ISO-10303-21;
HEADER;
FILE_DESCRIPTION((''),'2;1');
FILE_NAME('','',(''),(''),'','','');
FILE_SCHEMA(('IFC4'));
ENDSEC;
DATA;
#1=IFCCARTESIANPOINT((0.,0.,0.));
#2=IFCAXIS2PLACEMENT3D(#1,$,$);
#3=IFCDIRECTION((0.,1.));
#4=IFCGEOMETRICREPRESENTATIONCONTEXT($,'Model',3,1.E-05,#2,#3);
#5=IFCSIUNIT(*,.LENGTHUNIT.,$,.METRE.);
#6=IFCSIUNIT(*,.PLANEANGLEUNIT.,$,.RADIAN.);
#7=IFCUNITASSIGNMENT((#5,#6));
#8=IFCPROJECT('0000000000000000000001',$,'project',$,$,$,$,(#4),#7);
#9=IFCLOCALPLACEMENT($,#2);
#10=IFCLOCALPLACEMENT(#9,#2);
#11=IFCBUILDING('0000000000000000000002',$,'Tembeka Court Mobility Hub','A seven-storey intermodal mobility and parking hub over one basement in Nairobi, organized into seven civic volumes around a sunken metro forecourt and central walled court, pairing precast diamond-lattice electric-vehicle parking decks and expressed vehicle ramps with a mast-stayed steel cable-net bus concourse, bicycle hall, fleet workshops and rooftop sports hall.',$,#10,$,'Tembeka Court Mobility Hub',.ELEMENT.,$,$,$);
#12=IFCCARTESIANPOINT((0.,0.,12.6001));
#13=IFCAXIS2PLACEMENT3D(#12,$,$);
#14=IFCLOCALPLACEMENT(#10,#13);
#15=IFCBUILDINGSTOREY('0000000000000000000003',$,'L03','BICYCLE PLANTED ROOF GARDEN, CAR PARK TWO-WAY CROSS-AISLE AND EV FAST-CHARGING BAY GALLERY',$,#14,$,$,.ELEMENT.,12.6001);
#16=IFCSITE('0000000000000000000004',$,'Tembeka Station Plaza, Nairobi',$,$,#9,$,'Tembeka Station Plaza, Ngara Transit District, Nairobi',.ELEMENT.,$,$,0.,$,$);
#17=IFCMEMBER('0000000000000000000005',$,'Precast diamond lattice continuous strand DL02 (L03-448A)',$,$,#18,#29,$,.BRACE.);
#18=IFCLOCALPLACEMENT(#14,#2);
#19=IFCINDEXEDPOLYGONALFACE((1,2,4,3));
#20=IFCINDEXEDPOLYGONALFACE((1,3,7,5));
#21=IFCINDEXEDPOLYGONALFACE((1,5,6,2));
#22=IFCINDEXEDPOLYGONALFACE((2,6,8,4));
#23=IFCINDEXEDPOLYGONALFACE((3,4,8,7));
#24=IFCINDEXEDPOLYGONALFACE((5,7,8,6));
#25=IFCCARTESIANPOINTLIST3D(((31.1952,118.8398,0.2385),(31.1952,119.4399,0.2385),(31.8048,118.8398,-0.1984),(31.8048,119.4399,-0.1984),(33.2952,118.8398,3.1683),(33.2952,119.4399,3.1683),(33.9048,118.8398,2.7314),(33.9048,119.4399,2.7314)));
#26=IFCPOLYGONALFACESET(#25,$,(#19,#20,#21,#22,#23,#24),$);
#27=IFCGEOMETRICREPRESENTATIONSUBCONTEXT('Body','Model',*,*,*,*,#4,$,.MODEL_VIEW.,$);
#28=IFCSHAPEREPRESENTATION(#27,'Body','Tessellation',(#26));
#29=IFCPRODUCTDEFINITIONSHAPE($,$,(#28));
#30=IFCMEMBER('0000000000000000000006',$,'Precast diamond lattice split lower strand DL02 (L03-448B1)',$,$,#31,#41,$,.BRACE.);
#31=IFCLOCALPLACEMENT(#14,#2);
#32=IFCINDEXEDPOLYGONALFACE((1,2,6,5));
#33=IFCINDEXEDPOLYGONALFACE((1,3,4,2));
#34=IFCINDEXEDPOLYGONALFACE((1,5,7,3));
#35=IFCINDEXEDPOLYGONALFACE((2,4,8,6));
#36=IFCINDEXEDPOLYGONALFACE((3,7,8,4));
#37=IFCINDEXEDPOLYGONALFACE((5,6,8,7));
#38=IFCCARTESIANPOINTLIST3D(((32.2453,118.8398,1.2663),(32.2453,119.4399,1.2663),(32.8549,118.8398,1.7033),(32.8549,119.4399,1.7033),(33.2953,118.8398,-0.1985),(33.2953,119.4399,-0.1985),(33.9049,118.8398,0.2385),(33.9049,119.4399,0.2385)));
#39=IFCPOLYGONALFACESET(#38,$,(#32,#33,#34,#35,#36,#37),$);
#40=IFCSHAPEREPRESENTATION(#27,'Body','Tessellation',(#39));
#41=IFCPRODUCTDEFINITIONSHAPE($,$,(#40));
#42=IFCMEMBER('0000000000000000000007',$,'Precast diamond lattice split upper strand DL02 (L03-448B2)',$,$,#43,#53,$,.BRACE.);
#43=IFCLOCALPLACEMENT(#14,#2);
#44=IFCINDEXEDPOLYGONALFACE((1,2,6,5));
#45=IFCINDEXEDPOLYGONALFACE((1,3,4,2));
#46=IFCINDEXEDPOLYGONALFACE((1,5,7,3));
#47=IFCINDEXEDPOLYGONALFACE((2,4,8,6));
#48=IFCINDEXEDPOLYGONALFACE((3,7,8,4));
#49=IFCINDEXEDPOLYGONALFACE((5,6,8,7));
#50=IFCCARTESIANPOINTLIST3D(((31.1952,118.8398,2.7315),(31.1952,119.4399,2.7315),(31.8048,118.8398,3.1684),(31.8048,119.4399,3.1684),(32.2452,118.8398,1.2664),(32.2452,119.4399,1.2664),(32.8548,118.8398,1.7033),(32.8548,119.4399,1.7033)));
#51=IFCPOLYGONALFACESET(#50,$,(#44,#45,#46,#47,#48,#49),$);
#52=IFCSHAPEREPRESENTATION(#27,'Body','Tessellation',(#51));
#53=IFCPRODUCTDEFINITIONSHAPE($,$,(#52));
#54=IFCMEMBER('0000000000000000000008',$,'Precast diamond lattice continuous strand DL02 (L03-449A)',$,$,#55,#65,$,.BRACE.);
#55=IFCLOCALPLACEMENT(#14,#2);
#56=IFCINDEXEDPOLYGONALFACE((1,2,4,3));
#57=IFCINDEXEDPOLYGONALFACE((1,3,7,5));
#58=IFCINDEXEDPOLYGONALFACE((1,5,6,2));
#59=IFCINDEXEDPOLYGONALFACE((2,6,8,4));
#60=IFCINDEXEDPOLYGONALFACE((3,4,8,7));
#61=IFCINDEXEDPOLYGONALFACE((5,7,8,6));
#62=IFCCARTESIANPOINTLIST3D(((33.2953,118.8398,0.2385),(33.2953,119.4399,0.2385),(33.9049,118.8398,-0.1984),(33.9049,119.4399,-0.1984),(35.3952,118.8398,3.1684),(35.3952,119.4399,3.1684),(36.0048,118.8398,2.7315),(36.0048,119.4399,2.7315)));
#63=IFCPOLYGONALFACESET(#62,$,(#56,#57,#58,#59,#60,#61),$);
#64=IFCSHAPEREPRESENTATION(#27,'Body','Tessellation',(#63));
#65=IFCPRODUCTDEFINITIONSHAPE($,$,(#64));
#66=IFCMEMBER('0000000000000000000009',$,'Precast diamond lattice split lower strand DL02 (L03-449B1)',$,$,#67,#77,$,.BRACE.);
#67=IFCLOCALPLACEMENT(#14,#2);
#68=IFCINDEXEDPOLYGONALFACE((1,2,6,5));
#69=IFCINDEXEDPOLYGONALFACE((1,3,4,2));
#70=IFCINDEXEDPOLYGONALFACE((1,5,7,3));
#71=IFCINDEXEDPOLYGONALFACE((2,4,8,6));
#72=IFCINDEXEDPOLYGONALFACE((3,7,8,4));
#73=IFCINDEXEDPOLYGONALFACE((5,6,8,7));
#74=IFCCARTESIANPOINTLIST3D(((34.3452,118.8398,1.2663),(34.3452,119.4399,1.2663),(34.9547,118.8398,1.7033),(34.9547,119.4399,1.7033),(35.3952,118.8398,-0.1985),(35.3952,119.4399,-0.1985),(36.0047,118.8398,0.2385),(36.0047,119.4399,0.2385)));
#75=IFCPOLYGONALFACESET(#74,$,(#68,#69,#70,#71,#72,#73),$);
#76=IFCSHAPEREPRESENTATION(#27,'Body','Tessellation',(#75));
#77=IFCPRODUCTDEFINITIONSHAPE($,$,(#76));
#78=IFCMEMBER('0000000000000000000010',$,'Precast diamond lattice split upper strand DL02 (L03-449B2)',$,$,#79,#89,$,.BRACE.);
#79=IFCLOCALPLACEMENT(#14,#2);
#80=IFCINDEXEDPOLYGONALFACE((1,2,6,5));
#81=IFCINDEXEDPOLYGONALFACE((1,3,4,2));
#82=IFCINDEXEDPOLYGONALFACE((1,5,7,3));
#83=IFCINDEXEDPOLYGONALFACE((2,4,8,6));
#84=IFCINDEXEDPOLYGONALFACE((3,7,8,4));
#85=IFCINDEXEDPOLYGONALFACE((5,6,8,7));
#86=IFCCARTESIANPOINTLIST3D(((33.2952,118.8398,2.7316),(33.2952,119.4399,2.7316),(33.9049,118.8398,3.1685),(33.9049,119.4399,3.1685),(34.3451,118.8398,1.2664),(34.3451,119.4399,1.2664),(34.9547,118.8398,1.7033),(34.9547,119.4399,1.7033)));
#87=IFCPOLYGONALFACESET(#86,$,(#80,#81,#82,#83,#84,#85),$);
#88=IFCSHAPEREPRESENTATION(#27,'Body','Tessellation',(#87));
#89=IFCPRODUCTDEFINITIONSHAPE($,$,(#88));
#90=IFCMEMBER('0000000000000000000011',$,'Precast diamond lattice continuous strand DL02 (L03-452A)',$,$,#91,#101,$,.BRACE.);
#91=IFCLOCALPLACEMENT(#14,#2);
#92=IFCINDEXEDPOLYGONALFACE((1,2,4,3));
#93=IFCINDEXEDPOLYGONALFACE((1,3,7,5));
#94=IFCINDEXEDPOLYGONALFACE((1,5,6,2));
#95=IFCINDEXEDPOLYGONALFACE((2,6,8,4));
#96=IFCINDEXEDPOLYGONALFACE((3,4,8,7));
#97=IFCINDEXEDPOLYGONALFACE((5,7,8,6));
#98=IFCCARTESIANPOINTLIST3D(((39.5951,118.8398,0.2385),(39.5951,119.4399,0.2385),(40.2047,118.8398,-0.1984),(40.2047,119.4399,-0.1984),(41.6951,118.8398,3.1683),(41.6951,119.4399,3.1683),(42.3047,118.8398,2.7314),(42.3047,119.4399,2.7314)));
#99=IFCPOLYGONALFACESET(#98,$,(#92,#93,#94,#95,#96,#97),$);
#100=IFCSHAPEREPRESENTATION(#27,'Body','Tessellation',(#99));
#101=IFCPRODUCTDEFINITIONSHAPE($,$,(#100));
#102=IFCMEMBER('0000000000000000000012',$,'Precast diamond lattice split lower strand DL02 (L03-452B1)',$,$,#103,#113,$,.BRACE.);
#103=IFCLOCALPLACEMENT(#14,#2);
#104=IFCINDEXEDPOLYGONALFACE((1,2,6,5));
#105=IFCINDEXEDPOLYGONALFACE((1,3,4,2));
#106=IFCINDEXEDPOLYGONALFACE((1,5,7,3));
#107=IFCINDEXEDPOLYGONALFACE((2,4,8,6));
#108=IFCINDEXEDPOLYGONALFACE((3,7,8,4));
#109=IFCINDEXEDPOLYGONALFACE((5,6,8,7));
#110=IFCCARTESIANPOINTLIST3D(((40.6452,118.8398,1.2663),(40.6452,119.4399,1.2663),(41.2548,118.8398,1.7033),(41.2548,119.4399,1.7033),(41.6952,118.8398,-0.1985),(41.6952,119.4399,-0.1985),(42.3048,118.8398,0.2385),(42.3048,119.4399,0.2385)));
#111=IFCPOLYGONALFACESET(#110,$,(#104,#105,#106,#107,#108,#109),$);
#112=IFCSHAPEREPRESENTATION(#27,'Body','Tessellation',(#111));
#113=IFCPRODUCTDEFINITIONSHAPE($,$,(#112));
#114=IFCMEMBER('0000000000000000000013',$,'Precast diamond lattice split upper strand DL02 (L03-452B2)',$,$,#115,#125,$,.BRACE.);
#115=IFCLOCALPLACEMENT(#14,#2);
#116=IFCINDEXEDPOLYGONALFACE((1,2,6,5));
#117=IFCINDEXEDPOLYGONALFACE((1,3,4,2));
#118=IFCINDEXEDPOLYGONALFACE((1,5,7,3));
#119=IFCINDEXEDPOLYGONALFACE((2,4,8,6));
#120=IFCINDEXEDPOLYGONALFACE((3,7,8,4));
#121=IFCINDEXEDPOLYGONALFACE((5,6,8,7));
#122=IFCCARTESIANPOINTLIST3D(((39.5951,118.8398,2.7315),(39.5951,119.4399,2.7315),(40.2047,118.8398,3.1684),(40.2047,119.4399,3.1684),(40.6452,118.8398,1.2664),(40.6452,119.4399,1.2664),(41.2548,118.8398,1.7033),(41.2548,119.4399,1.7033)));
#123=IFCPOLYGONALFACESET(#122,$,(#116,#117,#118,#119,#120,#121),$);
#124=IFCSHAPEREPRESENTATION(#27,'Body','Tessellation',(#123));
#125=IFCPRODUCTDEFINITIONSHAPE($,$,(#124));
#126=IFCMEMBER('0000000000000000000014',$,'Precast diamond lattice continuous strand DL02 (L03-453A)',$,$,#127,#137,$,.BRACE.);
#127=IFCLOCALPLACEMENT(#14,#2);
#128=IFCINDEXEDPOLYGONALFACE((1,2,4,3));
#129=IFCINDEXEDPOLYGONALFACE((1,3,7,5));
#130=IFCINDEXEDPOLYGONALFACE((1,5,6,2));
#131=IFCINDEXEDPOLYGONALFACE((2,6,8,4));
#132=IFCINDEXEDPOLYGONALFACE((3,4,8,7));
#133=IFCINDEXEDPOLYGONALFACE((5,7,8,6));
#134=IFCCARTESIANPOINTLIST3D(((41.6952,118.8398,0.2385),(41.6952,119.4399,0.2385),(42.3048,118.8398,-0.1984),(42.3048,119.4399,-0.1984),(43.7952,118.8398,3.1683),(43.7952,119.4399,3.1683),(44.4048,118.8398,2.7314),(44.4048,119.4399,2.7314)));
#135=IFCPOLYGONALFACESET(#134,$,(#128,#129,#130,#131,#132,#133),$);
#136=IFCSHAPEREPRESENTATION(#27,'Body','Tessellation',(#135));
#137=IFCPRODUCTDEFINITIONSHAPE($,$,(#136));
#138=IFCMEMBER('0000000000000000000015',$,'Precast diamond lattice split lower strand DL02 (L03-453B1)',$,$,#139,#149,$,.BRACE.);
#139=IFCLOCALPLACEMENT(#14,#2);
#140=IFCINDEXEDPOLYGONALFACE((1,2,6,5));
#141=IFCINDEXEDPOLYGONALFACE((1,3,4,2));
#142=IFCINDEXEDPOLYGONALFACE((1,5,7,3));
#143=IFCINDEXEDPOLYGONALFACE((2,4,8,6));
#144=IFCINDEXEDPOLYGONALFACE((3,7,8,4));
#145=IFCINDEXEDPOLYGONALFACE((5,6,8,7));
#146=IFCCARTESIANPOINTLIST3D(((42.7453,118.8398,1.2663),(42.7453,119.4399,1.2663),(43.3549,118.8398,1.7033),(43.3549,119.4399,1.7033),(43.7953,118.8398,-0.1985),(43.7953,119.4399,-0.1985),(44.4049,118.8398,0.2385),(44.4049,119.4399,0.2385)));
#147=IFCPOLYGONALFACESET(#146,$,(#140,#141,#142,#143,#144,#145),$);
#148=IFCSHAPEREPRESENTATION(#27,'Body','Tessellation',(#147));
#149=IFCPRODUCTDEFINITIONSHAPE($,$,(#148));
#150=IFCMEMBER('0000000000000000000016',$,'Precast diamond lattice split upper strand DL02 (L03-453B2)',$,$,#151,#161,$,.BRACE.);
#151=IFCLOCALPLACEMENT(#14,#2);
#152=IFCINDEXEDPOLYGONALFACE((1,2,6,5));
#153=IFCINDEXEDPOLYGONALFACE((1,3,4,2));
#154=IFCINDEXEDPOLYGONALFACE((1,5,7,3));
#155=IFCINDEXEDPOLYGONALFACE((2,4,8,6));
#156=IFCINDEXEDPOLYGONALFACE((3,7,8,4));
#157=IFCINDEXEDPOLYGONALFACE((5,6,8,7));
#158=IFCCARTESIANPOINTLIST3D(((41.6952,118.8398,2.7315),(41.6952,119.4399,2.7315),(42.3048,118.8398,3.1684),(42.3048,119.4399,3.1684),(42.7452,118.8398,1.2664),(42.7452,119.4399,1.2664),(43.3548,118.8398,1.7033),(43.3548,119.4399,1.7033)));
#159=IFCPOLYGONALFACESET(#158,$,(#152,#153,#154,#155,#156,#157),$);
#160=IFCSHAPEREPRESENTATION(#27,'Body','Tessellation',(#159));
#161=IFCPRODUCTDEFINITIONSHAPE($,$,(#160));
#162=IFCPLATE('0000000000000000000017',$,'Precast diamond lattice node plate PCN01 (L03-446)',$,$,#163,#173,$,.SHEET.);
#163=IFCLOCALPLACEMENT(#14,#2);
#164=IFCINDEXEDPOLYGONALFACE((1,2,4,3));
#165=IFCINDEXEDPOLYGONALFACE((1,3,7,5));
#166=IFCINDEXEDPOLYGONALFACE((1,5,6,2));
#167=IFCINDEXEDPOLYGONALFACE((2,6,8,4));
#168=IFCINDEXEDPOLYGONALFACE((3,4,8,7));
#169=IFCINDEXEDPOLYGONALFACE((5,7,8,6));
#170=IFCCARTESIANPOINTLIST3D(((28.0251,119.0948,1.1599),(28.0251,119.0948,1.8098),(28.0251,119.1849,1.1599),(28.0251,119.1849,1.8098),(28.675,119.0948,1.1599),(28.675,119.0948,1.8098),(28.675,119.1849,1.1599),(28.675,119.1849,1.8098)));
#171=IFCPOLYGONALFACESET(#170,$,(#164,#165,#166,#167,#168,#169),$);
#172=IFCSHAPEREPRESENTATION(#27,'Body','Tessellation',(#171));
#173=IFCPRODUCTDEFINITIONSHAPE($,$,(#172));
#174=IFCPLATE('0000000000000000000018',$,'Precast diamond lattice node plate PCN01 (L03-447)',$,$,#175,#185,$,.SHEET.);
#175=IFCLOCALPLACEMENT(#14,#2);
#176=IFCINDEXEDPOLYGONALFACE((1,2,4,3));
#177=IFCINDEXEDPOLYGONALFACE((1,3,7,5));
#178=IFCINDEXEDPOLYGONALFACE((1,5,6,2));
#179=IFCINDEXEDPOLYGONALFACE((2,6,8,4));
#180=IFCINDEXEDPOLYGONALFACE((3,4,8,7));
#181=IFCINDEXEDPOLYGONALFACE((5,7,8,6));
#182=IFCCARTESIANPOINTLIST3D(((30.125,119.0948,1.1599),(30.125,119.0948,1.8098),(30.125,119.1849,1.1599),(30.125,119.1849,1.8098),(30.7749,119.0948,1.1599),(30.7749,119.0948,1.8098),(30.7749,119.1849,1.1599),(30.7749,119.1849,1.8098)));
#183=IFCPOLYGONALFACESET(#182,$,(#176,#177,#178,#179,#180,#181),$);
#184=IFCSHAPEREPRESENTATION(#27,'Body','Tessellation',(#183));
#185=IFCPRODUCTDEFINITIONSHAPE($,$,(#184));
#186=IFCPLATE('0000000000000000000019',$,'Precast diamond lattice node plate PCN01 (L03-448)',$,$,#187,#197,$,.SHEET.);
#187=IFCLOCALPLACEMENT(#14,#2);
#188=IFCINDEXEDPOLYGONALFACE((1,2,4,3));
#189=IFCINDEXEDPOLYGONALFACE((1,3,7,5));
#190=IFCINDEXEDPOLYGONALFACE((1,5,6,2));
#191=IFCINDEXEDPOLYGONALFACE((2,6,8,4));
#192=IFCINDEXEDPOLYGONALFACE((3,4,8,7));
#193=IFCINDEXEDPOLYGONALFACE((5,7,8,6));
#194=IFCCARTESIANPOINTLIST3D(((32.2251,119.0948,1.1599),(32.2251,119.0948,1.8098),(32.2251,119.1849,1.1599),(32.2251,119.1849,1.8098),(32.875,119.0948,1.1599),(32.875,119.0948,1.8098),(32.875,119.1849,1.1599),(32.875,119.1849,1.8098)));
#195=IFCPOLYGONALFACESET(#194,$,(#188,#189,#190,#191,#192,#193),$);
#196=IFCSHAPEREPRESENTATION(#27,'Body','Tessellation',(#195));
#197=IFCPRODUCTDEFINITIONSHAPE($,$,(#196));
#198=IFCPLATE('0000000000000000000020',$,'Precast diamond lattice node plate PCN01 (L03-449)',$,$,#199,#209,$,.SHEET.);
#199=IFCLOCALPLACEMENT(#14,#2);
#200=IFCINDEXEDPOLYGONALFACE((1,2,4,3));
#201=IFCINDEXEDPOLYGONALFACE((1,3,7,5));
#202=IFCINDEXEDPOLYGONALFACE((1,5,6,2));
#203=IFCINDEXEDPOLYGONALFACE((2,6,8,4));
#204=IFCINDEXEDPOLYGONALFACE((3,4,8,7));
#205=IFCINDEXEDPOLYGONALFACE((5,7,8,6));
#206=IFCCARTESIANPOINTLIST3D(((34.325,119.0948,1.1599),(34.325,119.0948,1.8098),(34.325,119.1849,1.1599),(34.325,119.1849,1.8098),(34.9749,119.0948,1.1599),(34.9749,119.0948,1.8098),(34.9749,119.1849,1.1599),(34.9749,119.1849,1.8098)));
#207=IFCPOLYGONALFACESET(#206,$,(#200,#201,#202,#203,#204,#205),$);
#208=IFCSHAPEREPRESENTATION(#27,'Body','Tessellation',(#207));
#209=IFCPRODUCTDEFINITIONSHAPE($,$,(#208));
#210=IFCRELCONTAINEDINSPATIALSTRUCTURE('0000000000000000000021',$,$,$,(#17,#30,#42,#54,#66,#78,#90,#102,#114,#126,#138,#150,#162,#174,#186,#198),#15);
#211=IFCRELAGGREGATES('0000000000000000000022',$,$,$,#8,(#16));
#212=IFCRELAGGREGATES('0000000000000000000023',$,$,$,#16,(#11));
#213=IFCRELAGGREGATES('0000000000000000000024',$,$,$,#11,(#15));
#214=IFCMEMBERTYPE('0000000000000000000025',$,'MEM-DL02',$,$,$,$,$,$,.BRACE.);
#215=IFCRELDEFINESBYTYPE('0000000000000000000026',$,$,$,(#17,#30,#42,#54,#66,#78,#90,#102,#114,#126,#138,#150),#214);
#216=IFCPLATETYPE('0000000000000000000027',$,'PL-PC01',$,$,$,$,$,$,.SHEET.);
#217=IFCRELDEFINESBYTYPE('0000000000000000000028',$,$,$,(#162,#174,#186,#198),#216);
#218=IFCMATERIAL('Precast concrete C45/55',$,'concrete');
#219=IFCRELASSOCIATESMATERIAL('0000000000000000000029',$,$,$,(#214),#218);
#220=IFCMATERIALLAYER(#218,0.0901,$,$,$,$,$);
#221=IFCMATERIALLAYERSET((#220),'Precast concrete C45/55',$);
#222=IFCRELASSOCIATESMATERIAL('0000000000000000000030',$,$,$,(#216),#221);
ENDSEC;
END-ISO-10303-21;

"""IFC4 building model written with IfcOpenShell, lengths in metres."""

from ifc_helpers import new_model, si_unit, direction, frame, origin, origin_2d, place, context, subcontext, project, spatial, rectangle, extrude, material, layer, layer_set, material_profile, profile_set, type_object, element, save


model = new_model("IFC4")

# Units and contexts
model_context = context("Model", 3, precision=1e-05, world=origin(), true_north=direction((0.0, 1.0)))
body_context = subcontext(model_context, "Body", "Model", "MODEL_VIEW")
ifc_project = project(units=[si_unit("LENGTHUNIT", "METRE"), si_unit("PLANEANGLEUNIT", "RADIAN")], contexts=[model_context])

# Site, building, storey
site_placement = place(None, origin())
site = spatial("IfcSite", under=ifc_project, at=site_placement, Name="Tembeka Station Plaza, Nairobi", LongName="Tembeka Station Plaza, Ngara Transit District, Nairobi", CompositionType="ELEMENT", RefElevation=0.0)
building_placement = place(site_placement, origin())
building = spatial("IfcBuilding", under=site, at=building_placement, Name="Tembeka Court Mobility Hub", Description="A seven-storey intermodal mobility and parking hub over one basement in Nairobi, organized into seven civic volumes around a sunken metro forecourt and central walled court, pairing precast diamond-lattice electric-vehicle parking decks and expressed vehicle ramps with a mast-stayed steel cable-net bus concourse, bicycle hall, fleet workshops and rooftop sports hall.", LongName="Tembeka Court Mobility Hub", CompositionType="ELEMENT")
storey_placement = place(building_placement, frame((0.0, 0.0, 12.6001)))
storey = spatial("IfcBuildingStorey", under=building, at=storey_placement, Name="L03", Description="BICYCLE PLANTED ROOF GARDEN, CAR PARK TWO-WAY CROSS-AISLE AND EV FAST-CHARGING BAY GALLERY", CompositionType="ELEMENT", Elevation=12.6001)

# Members
ifc_material = material(Name="Precast concrete C45/55", Category="concrete")
ifc_material_profile_1 = material_profile(ifc_material, rectangle(XDim=0.6001, YDim=0.75, at=origin_2d()), Name="PC-DIAG 600x750")
ifc_profile_set_1 = profile_set([ifc_material_profile_1], Name="Precast concrete C45/55")
member_type_1 = type_object("IfcMemberType", Name="MEM-DL02", PredefinedType="BRACE", material=ifc_profile_set_1)
member_1_placement = place(storey_placement, frame((31.5, 119.1399, 0.02), z_axis=(0.582576, 0.0, 0.812776), x_axis=(0.0, 1.0, 0.0)))
element("IfcMember", 1, at=member_1_placement, inside=storey, type_object=member_type_1, Name="Precast diamond lattice continuous strand DL02 (L03-448A)", PredefinedType="BRACE", context=body_context, shape_type="SweptSolid", body=[
    extrude(rectangle(XDim=0.6001, YDim=0.75, at=origin_2d()), origin(), (0.0, 0.0, 1.0), 3.6047),
])
member_2_placement = place(storey_placement, frame((33.6001, 119.1399, 0.02), z_axis=(-0.582608, 0.0, 0.812753), x_axis=(0.0, -1.0, 0.0)))
element("IfcMember", 2, at=member_2_placement, inside=storey, type_object=member_type_1, Name="Precast diamond lattice split lower strand DL02 (L03-448B1)", PredefinedType="BRACE", context=body_context, shape_type="SweptSolid", body=[
    extrude(rectangle(XDim=0.6001, YDim=0.75, at=origin_2d()), origin(), (0.0, 0.0, 1.0), 1.8022),
])
member_3_placement = place(storey_placement, frame((32.55, 119.1399, 1.4849), z_axis=(-0.582544, 0.0, 0.812799), x_axis=(0.0, -1.0, 0.0)))
element("IfcMember", 3, at=member_3_placement, inside=storey, type_object=member_type_1, Name="Precast diamond lattice split upper strand DL02 (L03-448B2)", PredefinedType="BRACE", context=body_context, shape_type="SweptSolid", body=[
    extrude(rectangle(XDim=0.6001, YDim=0.75, at=origin_2d()), origin(), (0.0, 0.0, 1.0), 1.8025),
])
member_4_placement = place(storey_placement, frame((33.6001, 119.1399, 0.02), z_axis=(0.582532, 0.0, 0.812808), x_axis=(0.0, 1.0, 0.0)))
element("IfcMember", 4, at=member_4_placement, inside=storey, type_object=member_type_1, Name="Precast diamond lattice continuous strand DL02 (L03-449A)", PredefinedType="BRACE", context=body_context, shape_type="SweptSolid", body=[
    extrude(rectangle(XDim=0.6001, YDim=0.75, at=origin_2d()), origin(), (0.0, 0.0, 1.0), 3.6047),
])
member_5_placement = place(storey_placement, frame((35.7, 119.1399, 0.02), z_axis=(-0.582608, 0.0, 0.812753), x_axis=(0.0, -1.0, 0.0)))
element("IfcMember", 5, at=member_5_placement, inside=storey, type_object=member_type_1, Name="Precast diamond lattice split lower strand DL02 (L03-449B1)", PredefinedType="BRACE", context=body_context, shape_type="SweptSolid", body=[
    extrude(rectangle(XDim=0.6001, YDim=0.75, at=origin_2d()), origin(), (0.0, 0.0, 1.0), 1.8022),
])
member_6_placement = place(storey_placement, frame((34.6499, 119.1399, 1.4849), z_axis=(-0.582455, 0.0, 0.812863), x_axis=(0.0, -1.0, 0.0)))
element("IfcMember", 6, at=member_6_placement, inside=storey, type_object=member_type_1, Name="Precast diamond lattice split upper strand DL02 (L03-449B2)", PredefinedType="BRACE", context=body_context, shape_type="SweptSolid", body=[
    extrude(rectangle(XDim=0.6001, YDim=0.75, at=origin_2d()), origin(), (0.0, 0.0, 1.0), 1.8025),
])
member_7_placement = place(storey_placement, frame((39.8999, 119.1399, 0.02), z_axis=(0.582576, 0.0, 0.812776), x_axis=(0.0, 1.0, 0.0)))
element("IfcMember", 7, at=member_7_placement, inside=storey, type_object=member_type_1, Name="Precast diamond lattice continuous strand DL02 (L03-452A)", PredefinedType="BRACE", context=body_context, shape_type="SweptSolid", body=[
    extrude(rectangle(XDim=0.6001, YDim=0.75, at=origin_2d()), origin(), (0.0, 0.0, 1.0), 3.6047),
])
member_8_placement = place(storey_placement, frame((42.0, 119.1399, 0.02), z_axis=(-0.582608, 0.0, 0.812753), x_axis=(0.0, -1.0, 0.0)))
element("IfcMember", 8, at=member_8_placement, inside=storey, type_object=member_type_1, Name="Precast diamond lattice split lower strand DL02 (L03-452B1)", PredefinedType="BRACE", context=body_context, shape_type="SweptSolid", body=[
    extrude(rectangle(XDim=0.6001, YDim=0.75, at=origin_2d()), origin(), (0.0, 0.0, 1.0), 1.8022),
])
member_9_placement = place(storey_placement, frame((40.95, 119.1399, 1.4849), z_axis=(-0.582544, 0.0, 0.812799), x_axis=(0.0, -1.0, 0.0)))
element("IfcMember", 9, at=member_9_placement, inside=storey, type_object=member_type_1, Name="Precast diamond lattice split upper strand DL02 (L03-452B2)", PredefinedType="BRACE", context=body_context, shape_type="SweptSolid", body=[
    extrude(rectangle(XDim=0.6001, YDim=0.75, at=origin_2d()), origin(), (0.0, 0.0, 1.0), 1.8025),
])
member_10_placement = place(storey_placement, frame((42.0, 119.1399, 0.02), z_axis=(0.582576, 0.0, 0.812776), x_axis=(0.0, 1.0, 0.0)))
element("IfcMember", 10, at=member_10_placement, inside=storey, type_object=member_type_1, Name="Precast diamond lattice continuous strand DL02 (L03-453A)", PredefinedType="BRACE", context=body_context, shape_type="SweptSolid", body=[
    extrude(rectangle(XDim=0.6001, YDim=0.75, at=origin_2d()), origin(), (0.0, 0.0, 1.0), 3.6047),
])
member_11_placement = place(storey_placement, frame((44.1001, 119.1399, 0.02), z_axis=(-0.582608, 0.0, 0.812753), x_axis=(0.0, -1.0, 0.0)))
element("IfcMember", 11, at=member_11_placement, inside=storey, type_object=member_type_1, Name="Precast diamond lattice split lower strand DL02 (L03-453B1)", PredefinedType="BRACE", context=body_context, shape_type="SweptSolid", body=[
    extrude(rectangle(XDim=0.6001, YDim=0.75, at=origin_2d()), origin(), (0.0, 0.0, 1.0), 1.8022),
])
member_12_placement = place(storey_placement, frame((43.05, 119.1399, 1.4849), z_axis=(-0.582544, 0.0, 0.812799), x_axis=(0.0, -1.0, 0.0)))
element("IfcMember", 12, at=member_12_placement, inside=storey, type_object=member_type_1, Name="Precast diamond lattice split upper strand DL02 (L03-453B2)", PredefinedType="BRACE", context=body_context, shape_type="SweptSolid", body=[
    extrude(rectangle(XDim=0.6001, YDim=0.75, at=origin_2d()), origin(), (0.0, 0.0, 1.0), 1.8025),
])

# Plates
ifc_layer = layer(ifc_material, 0.0901)
ifc_layer_set = layer_set([ifc_layer], Name="Precast concrete C45/55")
plate_type = type_object("IfcPlateType", Name="PL-PC01", PredefinedType="SHEET", material=ifc_layer_set)
for number, where, z_axis, x_axis, name in (
    (13, (28.3501, 119.1399, 1.1599), (0.0, 0.0, 1.0), (1.0, 0.0, 0.0), "Precast diamond lattice node plate PCN01 (L03-446)"),
    (14, (30.45, 119.1399, 1.1599), (0.0, 0.0, 1.0), (1.0, 0.0, 0.0), "Precast diamond lattice node plate PCN01 (L03-447)"),
    (15, (32.55, 119.1399, 1.1599), (0.0, 0.0, 1.0), (1.0, 0.0, 0.0), "Precast diamond lattice node plate PCN01 (L03-448)"),
    (16, (34.6499, 119.1399, 1.1599), (0.0, 0.0, 1.0), (1.0, 0.0, 0.0), "Precast diamond lattice node plate PCN01 (L03-449)"),
):
    element("IfcPlate", number, at=place(storey_placement, frame(where, z_axis=z_axis, x_axis=x_axis)), inside=storey, type_object=plate_type, Name=name, PredefinedType="SHEET", context=body_context, shape_type="SweptSolid", body=[
        extrude(rectangle(XDim=0.6499, YDim=0.0901, at=origin_2d()), origin(), (0.0, 0.0, 1.0), 0.6499),
    ])

save(model, "model.ifc")
